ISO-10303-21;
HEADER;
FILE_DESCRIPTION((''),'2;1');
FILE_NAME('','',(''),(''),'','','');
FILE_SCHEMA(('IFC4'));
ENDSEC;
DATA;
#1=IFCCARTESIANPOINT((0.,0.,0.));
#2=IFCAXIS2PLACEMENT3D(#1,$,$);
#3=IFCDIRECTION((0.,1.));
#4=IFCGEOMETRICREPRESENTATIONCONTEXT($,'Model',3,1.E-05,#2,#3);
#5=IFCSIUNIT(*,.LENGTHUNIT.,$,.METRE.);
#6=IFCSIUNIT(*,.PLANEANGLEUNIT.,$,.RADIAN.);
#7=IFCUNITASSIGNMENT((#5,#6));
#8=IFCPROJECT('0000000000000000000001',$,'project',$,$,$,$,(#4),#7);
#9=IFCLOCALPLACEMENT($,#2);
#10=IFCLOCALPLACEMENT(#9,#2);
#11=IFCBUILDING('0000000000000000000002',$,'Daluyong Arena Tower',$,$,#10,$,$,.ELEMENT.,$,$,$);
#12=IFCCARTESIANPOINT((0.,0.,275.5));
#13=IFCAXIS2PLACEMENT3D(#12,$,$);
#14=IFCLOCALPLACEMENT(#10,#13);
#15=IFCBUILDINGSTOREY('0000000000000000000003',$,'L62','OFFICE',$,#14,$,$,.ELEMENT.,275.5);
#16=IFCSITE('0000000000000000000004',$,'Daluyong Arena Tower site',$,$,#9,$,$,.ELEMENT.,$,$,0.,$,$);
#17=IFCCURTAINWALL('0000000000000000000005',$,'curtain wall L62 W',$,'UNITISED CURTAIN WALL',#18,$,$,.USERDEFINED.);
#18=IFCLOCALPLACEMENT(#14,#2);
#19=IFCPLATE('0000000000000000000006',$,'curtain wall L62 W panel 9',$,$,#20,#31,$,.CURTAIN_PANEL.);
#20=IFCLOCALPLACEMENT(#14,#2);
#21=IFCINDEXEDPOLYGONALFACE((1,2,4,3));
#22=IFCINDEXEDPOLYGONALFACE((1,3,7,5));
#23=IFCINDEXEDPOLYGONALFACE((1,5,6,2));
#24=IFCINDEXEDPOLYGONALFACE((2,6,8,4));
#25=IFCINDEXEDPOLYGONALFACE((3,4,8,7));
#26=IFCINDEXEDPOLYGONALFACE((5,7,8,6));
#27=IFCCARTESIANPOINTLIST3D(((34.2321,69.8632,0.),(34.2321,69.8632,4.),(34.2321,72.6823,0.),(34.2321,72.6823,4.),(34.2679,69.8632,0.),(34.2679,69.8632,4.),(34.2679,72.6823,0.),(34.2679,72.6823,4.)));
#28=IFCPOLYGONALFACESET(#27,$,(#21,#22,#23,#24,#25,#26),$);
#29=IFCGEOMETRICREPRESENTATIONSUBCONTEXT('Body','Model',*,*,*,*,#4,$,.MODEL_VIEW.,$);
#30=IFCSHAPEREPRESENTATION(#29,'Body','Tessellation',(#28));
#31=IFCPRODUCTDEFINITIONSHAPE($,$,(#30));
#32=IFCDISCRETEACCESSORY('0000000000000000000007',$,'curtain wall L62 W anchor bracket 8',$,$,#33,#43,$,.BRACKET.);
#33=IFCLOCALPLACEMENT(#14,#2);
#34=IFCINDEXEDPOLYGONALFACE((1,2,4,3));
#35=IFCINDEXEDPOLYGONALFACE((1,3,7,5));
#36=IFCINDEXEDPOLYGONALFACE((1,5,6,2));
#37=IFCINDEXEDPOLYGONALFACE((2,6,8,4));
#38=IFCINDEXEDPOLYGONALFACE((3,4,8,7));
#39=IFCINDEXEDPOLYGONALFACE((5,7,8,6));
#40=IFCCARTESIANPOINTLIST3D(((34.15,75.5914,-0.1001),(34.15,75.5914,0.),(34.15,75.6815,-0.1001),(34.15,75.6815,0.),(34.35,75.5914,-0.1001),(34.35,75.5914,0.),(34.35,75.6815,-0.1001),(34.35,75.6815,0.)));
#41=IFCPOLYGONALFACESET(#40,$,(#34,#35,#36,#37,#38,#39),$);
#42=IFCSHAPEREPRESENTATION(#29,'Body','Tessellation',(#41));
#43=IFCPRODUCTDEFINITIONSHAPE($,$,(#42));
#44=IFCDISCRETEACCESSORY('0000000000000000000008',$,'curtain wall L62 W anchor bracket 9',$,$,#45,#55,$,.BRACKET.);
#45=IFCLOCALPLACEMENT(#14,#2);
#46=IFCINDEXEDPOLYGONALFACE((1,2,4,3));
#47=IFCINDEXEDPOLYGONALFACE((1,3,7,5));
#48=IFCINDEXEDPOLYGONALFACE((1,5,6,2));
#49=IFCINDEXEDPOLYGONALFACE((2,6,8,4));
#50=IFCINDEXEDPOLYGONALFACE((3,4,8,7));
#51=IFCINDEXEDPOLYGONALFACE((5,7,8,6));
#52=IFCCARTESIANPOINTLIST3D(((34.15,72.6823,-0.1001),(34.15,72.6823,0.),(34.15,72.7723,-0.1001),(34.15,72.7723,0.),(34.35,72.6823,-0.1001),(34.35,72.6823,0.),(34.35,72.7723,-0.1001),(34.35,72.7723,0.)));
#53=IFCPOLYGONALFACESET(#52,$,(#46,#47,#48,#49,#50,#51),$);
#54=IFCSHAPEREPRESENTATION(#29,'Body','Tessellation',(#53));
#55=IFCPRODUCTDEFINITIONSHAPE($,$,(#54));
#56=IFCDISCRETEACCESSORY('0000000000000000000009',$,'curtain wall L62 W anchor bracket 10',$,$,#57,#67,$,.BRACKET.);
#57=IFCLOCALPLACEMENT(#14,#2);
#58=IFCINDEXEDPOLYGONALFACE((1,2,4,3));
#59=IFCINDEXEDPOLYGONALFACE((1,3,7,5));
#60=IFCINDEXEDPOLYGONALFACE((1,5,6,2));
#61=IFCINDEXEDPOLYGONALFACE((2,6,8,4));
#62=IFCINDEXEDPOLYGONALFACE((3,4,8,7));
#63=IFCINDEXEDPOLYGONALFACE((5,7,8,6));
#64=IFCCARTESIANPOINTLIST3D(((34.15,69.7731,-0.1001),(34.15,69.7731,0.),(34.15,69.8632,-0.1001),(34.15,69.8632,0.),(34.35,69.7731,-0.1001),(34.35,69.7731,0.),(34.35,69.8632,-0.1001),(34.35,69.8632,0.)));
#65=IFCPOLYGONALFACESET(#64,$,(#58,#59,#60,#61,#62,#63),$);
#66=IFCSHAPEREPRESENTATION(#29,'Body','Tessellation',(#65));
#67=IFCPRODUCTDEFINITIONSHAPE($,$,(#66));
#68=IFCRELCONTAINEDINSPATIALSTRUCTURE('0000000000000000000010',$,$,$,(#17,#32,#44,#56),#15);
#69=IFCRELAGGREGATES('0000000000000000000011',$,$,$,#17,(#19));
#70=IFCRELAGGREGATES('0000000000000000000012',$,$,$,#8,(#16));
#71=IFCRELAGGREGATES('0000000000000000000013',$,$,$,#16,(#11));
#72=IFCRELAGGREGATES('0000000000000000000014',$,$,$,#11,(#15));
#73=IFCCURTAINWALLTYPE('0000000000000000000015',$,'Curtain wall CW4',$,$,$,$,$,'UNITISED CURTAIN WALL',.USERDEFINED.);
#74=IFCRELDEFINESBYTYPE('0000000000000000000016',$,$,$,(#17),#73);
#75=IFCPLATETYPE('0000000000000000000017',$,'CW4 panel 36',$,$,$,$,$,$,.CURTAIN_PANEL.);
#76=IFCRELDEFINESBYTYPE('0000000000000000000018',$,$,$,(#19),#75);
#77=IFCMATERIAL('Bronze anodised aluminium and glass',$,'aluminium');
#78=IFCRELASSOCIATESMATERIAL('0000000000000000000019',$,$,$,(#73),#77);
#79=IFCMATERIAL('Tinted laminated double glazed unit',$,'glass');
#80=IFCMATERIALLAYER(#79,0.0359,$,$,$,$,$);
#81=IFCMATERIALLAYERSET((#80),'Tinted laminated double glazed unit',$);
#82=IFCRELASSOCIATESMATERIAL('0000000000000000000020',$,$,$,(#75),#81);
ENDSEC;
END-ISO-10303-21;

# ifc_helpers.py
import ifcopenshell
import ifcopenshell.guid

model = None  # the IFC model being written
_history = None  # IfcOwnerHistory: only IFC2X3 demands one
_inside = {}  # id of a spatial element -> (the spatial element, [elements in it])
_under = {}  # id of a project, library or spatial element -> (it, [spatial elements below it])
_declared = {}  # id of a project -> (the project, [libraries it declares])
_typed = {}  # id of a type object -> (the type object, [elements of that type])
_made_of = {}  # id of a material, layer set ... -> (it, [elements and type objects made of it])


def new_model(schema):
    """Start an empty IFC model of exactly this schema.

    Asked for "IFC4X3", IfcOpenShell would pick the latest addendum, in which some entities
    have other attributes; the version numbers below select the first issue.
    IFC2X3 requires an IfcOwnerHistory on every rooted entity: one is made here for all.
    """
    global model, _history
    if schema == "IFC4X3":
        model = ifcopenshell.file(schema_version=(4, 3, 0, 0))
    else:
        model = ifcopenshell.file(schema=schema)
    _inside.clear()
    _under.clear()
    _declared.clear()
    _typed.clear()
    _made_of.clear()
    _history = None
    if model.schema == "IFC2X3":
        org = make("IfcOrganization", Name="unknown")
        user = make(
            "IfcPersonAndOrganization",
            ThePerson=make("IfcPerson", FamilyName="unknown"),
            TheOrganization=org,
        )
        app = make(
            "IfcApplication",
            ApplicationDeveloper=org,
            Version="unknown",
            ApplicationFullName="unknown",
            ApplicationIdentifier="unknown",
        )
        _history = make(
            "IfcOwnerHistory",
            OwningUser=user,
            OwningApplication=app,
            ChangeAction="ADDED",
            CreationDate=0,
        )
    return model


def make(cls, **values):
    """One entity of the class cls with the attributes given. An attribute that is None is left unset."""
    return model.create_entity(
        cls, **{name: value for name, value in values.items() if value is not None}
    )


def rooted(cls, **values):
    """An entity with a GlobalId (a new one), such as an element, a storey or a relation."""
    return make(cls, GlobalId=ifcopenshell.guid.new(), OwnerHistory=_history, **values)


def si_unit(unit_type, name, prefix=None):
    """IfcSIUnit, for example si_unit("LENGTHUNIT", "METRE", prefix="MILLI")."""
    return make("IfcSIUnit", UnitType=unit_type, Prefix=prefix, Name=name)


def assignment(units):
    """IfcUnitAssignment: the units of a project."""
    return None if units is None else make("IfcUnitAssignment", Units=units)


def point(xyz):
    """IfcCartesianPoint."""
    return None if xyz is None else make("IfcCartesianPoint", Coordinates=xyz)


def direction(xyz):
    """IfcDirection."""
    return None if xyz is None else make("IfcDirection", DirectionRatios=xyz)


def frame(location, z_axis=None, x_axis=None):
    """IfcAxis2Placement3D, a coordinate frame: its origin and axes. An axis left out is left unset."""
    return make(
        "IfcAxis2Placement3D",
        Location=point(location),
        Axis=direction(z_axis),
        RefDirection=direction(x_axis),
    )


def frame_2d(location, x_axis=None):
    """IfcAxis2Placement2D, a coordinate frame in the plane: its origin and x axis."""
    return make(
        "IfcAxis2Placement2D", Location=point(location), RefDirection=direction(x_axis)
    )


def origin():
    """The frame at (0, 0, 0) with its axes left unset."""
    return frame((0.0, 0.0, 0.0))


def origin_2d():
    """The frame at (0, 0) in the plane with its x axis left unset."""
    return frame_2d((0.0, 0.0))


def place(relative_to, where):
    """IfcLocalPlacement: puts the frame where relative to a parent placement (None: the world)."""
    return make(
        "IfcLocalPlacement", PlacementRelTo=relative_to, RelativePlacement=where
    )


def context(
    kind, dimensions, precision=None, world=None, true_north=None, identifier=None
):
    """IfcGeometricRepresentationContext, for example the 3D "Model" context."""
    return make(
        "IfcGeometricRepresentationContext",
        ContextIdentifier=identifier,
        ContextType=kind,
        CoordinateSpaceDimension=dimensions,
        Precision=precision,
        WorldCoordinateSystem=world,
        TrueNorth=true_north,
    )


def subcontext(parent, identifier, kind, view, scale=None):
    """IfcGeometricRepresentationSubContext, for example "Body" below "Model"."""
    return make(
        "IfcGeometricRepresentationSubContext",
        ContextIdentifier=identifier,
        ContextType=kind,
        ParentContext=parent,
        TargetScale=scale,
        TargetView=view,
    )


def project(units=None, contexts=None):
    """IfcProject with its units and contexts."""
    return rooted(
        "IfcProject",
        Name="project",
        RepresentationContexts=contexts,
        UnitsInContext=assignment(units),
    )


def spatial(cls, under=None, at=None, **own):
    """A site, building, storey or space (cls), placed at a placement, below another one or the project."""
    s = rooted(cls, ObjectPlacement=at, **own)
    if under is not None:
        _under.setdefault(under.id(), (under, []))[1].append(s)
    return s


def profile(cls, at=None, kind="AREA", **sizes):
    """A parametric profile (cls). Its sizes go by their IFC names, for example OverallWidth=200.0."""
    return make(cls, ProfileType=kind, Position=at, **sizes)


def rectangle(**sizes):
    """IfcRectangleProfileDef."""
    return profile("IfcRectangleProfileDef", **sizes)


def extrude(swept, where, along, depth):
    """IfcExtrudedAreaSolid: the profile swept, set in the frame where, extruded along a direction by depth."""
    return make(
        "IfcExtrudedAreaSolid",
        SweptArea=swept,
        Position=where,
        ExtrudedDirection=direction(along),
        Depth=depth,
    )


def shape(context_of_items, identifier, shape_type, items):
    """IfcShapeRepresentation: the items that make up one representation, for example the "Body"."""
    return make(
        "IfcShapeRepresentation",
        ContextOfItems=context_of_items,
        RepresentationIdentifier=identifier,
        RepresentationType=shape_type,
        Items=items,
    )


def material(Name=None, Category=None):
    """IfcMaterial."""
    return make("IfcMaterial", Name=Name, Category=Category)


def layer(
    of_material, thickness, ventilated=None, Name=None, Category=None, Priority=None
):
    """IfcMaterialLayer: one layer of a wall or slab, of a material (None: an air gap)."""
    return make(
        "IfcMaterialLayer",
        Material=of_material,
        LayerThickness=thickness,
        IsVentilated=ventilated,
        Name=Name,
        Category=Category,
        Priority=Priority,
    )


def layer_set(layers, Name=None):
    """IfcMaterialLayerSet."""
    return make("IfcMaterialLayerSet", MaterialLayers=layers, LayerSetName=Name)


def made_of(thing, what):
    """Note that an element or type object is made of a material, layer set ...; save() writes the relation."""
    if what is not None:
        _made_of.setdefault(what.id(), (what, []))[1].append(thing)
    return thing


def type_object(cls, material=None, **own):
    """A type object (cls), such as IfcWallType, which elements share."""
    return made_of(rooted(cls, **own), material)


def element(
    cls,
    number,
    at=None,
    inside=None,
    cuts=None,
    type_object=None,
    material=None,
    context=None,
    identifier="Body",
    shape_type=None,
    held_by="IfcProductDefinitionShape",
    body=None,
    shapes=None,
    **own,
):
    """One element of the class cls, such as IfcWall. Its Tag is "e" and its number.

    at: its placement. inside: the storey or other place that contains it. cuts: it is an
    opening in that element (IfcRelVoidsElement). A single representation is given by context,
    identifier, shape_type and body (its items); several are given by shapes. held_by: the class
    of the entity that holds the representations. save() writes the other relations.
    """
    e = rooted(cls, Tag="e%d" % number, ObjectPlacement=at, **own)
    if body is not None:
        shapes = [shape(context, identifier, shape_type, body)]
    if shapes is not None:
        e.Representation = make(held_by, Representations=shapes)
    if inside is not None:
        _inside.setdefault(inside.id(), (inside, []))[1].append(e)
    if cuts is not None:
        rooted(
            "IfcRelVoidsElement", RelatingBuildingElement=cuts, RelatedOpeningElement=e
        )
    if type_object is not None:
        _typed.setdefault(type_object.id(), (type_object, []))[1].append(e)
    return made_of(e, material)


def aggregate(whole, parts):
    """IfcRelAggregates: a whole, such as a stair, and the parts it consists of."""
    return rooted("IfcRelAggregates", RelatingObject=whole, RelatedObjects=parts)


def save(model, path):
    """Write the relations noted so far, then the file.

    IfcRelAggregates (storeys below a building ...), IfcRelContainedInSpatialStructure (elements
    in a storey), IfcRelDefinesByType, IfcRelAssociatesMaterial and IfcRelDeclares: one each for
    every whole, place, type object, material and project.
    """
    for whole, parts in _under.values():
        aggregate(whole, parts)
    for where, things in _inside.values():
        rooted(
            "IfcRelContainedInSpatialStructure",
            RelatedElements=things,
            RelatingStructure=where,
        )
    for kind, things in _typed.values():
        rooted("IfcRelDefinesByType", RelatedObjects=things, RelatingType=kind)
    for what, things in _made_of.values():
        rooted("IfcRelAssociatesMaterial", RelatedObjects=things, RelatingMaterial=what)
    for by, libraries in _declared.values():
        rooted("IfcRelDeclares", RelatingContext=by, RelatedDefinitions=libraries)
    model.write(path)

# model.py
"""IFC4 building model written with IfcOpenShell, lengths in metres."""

from ifc_helpers import new_model, si_unit, direction, frame, origin, origin_2d, place, context, subcontext, project, spatial, rectangle, extrude, material, layer, layer_set, type_object, element, aggregate, save


model = new_model("IFC4")

# Units and contexts
model_context = context("Model", 3, precision=1e-05, world=origin(), true_north=direction((0.0, 1.0)))
body_context = subcontext(model_context, "Body", "Model", "MODEL_VIEW")
ifc_project = project(units=[si_unit("LENGTHUNIT", "METRE"), si_unit("PLANEANGLEUNIT", "RADIAN")], contexts=[model_context])

# Site, building, storey
site_placement = place(None, origin())
site = spatial("IfcSite", under=ifc_project, at=site_placement, Name="Daluyong Arena Tower site", CompositionType="ELEMENT", RefElevation=0.0)
building_placement = place(site_placement, origin())
building = spatial("IfcBuilding", under=site, at=building_placement, Name="Daluyong Arena Tower", CompositionType="ELEMENT")
storey_placement = place(building_placement, frame((0.0, 0.0, 275.5)))
storey = spatial("IfcBuildingStorey", under=building, at=storey_placement, Name="L62", Description="OFFICE", CompositionType="ELEMENT", Elevation=275.5)

# Curtain wall
ifc_material_1 = material(Name="Bronze anodised aluminium and glass", Category="aluminium")
curtain_wall_type = type_object("IfcCurtainWallType", Name="Curtain wall CW4", ElementType="UNITISED CURTAIN WALL", PredefinedType="USERDEFINED", material=ifc_material_1)
curtain_wall_placement = place(storey_placement, origin())
curtain_wall = element("IfcCurtainWall", 1, at=curtain_wall_placement, inside=storey, type_object=curtain_wall_type, Name="curtain wall L62 W", ObjectType="UNITISED CURTAIN WALL", PredefinedType="USERDEFINED")

# Plate
ifc_material_2 = material(Name="Tinted laminated double glazed unit", Category="glass")
ifc_layer = layer(ifc_material_2, 0.0359)
ifc_layer_set = layer_set([ifc_layer], Name="Tinted laminated double glazed unit")
plate_type = type_object("IfcPlateType", Name="CW4 panel 36", PredefinedType="CURTAIN_PANEL", material=ifc_layer_set)
plate_1_placement = place(storey_placement, frame((34.25, 71.2727, 0.0), z_axis=(0.0, 0.0, 1.0), x_axis=(0.0, -1.0, 0.0)))
plate_1 = element("IfcPlate", 2, at=plate_1_placement, type_object=plate_type, Name="curtain wall L62 W panel 9", PredefinedType="CURTAIN_PANEL", context=body_context, shape_type="SweptSolid", body=[
    extrude(rectangle(XDim=2.8191, YDim=0.0359, at=origin_2d()), origin(), (0.0, 0.0, 1.0), 4.0),
])
aggregate(curtain_wall, [plate_1])

# Discrete accessories
for number, where, z_axis, x_axis, name in (
    (3, (34.25, 75.6365, -0.1001), (0.0, 0.0, 1.0), (0.0, -1.0, 0.0), "curtain wall L62 W anchor bracket 8"),
    (4, (34.25, 72.7273, -0.1001), (0.0, 0.0, 1.0), (0.0, -1.0, 0.0), "curtain wall L62 W anchor bracket 9"),
    (5, (34.25, 69.8181, -0.1001), (0.0, 0.0, 1.0), (0.0, -1.0, 0.0), "curtain wall L62 W anchor bracket 10"),
):
    element("IfcDiscreteAccessory", number, at=place(storey_placement, frame(where, z_axis=z_axis, x_axis=x_axis)), inside=storey, Name=name, PredefinedType="BRACKET", context=body_context, shape_type="SweptSolid", body=[
        extrude(rectangle(XDim=0.0901, YDim=0.2, at=origin_2d()), origin(), (0.0, 0.0, 1.0), 0.1001),
    ])

save(model, "model.ifc")
